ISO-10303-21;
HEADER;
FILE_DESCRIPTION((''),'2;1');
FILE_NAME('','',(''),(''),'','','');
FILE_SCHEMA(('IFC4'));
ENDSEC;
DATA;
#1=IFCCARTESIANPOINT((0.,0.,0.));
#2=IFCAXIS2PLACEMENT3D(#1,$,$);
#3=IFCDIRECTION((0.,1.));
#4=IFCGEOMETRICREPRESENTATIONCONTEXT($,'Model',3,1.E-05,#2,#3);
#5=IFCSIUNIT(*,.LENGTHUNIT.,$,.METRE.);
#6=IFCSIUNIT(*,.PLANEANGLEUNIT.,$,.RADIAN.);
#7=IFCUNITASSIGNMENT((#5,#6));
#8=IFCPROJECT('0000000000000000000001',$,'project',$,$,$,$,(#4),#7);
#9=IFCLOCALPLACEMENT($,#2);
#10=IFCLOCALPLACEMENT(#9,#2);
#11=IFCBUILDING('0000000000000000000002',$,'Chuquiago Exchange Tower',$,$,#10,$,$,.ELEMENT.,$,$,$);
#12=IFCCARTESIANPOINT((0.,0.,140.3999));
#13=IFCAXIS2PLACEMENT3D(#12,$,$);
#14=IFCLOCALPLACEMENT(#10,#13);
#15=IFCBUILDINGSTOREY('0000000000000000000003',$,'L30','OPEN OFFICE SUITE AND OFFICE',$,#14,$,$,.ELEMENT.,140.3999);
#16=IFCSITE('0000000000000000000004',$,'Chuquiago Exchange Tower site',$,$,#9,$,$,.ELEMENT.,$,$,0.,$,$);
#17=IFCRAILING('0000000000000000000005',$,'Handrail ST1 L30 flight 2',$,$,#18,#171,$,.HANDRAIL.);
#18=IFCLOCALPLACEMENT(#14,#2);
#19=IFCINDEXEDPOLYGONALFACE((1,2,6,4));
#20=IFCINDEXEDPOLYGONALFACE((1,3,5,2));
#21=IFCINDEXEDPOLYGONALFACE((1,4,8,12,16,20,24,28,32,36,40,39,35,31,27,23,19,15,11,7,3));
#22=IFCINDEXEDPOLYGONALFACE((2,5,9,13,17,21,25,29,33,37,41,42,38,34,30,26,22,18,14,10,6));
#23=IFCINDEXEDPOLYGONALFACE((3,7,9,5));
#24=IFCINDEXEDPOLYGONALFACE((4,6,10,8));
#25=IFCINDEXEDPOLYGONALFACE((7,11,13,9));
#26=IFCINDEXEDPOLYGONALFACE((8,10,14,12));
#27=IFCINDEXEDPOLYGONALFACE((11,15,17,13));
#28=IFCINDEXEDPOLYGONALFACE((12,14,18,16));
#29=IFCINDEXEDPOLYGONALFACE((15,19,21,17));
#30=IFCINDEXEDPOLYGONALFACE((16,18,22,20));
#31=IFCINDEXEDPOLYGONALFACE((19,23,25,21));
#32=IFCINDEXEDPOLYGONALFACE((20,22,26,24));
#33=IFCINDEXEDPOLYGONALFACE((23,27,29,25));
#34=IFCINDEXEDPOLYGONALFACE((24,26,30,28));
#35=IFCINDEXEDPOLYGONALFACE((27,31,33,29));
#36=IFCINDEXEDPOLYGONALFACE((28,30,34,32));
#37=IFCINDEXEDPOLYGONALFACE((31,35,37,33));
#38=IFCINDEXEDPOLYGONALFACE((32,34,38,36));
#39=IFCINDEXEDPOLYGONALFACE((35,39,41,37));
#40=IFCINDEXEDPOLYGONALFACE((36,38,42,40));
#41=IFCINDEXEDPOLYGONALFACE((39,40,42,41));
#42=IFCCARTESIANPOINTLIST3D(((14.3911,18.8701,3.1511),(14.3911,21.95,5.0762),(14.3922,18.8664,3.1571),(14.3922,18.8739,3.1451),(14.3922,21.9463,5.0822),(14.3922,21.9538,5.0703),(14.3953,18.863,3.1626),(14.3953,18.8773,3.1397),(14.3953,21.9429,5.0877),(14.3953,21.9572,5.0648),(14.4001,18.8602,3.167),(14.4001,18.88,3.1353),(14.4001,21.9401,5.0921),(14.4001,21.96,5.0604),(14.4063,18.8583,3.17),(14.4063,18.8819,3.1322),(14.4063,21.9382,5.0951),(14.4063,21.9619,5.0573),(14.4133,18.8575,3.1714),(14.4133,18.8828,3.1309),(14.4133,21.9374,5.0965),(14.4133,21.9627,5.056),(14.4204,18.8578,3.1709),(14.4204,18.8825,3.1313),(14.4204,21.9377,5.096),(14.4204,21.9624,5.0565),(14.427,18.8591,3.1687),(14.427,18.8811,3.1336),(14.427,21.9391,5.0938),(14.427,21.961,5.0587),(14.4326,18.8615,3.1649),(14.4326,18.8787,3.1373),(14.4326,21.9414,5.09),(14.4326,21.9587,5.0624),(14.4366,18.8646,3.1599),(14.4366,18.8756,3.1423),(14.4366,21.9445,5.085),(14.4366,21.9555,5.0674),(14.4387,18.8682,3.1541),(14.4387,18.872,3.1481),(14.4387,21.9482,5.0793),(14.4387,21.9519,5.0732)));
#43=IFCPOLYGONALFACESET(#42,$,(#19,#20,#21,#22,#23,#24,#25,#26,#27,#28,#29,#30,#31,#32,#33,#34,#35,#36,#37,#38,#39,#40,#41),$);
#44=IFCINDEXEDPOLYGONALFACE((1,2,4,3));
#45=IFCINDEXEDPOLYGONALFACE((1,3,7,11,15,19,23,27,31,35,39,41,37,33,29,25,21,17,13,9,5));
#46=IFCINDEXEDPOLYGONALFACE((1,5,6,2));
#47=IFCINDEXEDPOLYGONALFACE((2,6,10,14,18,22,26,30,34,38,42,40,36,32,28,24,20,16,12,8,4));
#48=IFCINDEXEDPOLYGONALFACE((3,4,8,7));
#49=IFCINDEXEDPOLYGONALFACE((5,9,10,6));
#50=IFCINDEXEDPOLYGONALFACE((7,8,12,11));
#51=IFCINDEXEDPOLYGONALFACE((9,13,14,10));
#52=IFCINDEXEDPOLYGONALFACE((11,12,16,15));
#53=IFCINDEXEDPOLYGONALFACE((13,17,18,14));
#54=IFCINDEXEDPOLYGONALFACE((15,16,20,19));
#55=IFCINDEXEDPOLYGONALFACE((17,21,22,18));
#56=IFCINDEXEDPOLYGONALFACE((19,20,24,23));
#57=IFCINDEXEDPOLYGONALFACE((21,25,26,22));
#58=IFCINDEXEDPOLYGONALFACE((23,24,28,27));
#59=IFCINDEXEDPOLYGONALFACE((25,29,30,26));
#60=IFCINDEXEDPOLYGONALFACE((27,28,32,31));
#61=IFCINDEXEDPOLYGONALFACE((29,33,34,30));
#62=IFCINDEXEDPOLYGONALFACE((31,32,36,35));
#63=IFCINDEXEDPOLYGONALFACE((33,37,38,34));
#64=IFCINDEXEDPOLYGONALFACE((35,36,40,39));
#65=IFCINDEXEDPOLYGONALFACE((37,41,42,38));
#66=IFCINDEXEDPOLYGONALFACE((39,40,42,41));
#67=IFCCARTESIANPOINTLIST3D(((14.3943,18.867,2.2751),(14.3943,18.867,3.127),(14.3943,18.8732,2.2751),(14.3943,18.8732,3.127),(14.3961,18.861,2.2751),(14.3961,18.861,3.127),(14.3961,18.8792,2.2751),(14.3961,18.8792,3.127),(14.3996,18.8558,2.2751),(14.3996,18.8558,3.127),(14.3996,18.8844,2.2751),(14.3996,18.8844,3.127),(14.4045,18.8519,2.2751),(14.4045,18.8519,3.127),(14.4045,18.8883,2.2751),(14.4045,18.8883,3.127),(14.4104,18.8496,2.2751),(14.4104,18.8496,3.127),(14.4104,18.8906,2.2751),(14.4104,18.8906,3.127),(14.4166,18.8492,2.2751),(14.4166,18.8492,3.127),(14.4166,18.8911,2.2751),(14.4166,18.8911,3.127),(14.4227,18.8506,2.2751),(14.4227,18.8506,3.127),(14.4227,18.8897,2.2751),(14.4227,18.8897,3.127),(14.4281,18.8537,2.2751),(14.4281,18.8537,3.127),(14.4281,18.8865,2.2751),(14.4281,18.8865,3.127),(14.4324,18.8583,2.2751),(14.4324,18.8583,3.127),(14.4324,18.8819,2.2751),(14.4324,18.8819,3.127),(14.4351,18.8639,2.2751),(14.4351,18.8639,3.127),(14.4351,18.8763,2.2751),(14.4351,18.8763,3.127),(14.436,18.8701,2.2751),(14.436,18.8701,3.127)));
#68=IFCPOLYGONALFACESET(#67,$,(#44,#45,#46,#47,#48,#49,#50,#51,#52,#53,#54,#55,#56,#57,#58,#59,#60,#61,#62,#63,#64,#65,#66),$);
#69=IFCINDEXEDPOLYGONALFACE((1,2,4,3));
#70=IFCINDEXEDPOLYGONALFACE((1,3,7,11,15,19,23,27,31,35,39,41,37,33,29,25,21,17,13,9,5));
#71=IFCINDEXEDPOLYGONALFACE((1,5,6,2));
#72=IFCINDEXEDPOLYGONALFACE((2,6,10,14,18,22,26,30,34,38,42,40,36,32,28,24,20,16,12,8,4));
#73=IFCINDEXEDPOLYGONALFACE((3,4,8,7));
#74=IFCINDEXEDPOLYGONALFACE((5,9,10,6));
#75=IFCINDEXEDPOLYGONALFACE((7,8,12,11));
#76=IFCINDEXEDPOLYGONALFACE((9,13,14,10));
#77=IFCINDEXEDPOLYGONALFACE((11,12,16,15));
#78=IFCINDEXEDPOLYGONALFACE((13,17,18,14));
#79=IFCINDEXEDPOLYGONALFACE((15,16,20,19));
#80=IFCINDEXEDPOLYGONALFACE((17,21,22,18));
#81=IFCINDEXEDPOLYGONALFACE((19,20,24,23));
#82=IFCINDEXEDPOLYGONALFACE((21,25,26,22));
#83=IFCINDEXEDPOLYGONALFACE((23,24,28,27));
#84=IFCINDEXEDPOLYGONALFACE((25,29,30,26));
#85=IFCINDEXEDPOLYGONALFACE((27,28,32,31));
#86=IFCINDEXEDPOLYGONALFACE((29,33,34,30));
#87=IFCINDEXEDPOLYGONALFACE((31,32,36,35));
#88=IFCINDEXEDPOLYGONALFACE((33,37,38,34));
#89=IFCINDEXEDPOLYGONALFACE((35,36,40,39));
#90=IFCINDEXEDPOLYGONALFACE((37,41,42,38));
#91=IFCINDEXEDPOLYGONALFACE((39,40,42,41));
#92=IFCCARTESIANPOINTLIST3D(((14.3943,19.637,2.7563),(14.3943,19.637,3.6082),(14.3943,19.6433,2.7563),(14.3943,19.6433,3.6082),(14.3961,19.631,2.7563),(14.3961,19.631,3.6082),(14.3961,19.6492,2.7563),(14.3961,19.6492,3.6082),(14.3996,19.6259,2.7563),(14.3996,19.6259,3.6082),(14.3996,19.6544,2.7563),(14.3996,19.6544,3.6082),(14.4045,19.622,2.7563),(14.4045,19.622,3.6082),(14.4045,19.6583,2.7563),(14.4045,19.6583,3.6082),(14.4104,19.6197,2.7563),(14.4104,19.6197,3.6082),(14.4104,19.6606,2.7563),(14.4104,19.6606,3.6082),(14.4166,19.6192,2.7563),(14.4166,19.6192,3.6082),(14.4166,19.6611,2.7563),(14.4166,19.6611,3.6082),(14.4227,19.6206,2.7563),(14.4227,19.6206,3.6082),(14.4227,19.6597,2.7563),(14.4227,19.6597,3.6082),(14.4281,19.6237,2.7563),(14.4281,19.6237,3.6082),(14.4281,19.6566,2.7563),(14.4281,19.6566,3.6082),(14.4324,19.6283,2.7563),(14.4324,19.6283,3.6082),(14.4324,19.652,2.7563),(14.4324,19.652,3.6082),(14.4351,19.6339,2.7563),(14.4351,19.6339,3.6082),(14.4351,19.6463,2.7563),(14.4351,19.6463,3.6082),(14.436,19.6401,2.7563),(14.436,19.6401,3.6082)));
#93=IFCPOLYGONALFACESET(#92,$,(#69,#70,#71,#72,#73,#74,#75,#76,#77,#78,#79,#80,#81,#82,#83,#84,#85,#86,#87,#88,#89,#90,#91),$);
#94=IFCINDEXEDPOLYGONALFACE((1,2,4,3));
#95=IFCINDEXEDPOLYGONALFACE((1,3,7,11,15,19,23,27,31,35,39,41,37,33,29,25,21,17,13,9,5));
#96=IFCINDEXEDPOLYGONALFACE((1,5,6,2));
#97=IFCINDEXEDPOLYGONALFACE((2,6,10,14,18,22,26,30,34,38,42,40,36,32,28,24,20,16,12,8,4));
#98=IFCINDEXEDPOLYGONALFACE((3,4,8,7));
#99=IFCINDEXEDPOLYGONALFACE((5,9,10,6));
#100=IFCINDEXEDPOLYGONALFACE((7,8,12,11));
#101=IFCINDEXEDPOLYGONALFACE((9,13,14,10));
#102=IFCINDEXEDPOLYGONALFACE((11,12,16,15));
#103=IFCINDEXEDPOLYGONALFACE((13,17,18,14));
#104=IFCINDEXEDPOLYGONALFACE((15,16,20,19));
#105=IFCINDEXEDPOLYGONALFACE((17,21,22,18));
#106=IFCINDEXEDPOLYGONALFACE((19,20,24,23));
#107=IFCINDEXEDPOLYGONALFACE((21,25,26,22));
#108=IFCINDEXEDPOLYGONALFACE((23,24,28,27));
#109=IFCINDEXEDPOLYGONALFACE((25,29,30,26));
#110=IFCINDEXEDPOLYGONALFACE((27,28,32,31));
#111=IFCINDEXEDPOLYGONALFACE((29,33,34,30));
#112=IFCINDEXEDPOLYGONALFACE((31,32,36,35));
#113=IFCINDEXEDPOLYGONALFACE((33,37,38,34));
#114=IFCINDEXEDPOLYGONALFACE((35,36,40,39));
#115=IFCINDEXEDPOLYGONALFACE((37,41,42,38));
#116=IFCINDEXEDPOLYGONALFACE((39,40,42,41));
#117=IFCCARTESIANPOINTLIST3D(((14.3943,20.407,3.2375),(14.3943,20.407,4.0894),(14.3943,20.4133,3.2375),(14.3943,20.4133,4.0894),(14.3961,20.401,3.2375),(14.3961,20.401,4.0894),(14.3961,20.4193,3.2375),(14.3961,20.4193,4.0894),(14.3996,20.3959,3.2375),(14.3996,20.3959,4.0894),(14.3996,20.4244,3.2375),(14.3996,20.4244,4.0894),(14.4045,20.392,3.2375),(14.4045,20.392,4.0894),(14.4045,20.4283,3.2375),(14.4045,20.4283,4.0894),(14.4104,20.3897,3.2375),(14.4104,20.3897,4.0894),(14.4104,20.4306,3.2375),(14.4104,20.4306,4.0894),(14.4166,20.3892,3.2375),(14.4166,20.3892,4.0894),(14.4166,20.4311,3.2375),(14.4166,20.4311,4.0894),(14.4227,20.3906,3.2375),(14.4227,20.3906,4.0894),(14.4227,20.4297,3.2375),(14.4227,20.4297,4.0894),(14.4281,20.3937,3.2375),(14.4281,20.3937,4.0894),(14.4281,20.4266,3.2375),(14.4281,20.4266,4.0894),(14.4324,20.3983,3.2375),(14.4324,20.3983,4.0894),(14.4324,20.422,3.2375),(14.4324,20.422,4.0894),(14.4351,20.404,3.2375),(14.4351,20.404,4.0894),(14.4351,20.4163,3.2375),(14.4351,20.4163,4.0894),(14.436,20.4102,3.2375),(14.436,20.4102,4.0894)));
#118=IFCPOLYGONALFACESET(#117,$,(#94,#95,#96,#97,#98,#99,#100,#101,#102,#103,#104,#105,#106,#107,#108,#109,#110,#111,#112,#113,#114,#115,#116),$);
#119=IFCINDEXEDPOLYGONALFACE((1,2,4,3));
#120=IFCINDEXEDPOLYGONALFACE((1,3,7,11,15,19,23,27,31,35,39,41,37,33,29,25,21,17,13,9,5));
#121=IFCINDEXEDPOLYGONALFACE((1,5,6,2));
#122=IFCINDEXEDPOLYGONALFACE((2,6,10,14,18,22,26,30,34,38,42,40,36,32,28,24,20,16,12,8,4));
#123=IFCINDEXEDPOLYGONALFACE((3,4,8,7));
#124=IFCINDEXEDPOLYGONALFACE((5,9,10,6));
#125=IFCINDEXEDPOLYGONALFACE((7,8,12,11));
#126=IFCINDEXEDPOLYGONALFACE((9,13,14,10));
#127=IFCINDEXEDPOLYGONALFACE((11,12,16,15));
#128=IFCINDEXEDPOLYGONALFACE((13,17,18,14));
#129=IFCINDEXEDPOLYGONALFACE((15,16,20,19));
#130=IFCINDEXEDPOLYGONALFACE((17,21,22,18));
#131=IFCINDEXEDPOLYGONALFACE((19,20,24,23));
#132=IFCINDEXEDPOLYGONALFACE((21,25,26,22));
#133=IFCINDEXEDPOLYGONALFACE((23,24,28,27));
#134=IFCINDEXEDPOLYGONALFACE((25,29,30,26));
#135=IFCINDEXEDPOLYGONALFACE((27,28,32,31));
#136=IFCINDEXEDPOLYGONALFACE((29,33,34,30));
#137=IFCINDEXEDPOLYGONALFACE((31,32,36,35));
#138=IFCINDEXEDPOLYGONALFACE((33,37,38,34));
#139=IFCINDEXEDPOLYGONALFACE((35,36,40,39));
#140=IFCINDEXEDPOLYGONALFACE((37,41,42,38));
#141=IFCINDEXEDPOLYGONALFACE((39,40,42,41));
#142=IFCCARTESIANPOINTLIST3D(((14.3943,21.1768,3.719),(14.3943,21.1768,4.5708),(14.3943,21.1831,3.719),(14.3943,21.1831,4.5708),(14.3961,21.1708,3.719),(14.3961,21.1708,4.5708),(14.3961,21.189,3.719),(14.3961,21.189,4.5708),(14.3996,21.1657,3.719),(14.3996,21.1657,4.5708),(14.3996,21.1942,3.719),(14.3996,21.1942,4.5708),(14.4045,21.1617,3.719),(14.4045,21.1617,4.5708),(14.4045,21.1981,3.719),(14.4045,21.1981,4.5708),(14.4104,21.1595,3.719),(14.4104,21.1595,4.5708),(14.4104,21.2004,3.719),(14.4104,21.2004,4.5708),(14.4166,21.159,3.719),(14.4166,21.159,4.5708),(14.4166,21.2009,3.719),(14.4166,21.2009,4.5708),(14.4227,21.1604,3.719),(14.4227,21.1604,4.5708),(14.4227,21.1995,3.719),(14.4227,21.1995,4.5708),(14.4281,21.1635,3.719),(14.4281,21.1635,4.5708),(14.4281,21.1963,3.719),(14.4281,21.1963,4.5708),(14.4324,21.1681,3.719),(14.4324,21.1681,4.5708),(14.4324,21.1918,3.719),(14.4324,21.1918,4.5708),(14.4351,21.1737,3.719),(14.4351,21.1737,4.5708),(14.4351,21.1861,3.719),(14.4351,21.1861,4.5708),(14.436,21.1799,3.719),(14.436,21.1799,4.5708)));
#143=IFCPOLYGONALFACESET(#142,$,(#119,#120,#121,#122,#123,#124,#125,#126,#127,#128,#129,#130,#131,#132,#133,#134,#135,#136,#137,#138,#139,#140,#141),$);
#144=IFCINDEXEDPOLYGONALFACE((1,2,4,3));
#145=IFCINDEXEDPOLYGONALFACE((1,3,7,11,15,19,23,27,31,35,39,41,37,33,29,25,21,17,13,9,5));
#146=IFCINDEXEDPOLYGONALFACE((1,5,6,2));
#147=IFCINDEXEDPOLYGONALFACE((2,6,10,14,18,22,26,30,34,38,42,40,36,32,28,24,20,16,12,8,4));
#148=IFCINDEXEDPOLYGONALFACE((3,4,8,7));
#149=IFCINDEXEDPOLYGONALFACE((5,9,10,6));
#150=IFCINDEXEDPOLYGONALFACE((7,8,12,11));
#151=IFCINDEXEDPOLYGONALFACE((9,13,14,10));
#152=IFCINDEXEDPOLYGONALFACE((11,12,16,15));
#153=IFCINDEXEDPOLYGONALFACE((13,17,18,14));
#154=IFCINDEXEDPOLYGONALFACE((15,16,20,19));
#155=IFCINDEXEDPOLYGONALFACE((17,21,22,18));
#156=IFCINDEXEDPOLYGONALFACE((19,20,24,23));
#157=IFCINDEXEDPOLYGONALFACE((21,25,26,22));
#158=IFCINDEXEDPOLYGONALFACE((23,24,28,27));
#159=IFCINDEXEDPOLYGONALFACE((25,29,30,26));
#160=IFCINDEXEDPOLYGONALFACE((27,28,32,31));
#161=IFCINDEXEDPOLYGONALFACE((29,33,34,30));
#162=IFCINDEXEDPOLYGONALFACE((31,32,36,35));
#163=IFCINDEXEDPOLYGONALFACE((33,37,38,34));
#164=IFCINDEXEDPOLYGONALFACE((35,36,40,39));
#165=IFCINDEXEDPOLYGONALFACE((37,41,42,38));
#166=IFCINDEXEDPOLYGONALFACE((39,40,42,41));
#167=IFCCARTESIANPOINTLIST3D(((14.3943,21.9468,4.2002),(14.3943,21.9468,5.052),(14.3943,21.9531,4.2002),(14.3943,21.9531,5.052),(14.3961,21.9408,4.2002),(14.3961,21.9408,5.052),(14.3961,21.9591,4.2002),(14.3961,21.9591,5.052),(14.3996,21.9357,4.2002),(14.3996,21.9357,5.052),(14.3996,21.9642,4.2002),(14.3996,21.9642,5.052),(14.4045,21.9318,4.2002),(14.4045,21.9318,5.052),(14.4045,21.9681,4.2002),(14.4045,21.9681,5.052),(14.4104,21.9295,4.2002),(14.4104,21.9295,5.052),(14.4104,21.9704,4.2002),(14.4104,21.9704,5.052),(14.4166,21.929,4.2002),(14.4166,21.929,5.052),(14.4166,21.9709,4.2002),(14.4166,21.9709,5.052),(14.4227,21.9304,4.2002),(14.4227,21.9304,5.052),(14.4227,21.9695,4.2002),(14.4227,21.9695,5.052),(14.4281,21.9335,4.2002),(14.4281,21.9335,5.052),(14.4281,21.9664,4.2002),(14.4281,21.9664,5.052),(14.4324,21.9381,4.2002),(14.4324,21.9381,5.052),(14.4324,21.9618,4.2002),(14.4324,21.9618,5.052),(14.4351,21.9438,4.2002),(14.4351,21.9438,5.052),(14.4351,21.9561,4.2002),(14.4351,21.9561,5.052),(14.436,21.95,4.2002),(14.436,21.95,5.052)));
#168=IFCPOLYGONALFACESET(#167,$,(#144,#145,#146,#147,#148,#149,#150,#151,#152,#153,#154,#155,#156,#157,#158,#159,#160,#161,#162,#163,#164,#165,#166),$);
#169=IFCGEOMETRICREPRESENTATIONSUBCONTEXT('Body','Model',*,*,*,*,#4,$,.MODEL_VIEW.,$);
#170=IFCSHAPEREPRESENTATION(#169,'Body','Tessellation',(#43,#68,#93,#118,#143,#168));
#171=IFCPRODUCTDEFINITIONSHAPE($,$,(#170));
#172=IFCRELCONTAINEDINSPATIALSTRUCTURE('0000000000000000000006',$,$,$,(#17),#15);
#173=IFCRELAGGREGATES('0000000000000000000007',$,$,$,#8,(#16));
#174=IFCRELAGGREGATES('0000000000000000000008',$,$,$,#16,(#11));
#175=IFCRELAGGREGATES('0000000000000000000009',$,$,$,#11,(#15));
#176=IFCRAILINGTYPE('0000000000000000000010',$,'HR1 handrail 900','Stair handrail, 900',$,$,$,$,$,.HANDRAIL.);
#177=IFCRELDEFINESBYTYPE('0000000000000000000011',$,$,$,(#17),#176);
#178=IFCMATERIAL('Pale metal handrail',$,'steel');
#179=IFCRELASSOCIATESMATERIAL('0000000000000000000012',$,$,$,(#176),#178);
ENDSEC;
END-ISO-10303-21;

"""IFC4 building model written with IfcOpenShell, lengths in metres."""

from ifc_helpers import new_model, si_unit, direction, frame, origin, origin_2d, place, context, subcontext, project, spatial, circle, extrude, material, type_object, element, save


model = new_model("IFC4")

# Units and contexts
model_context = context("Model", 3, precision=1e-05, world=origin(), true_north=direction((0.0, 1.0)))
body_context = subcontext(model_context, "Body", "Model", "MODEL_VIEW")
ifc_project = project(units=[si_unit("LENGTHUNIT", "METRE"), si_unit("PLANEANGLEUNIT", "RADIAN")], contexts=[model_context])

# Site, building, storey
site_placement = place(None, origin())
site = spatial("IfcSite", under=ifc_project, at=site_placement, Name="Chuquiago Exchange Tower site", CompositionType="ELEMENT", RefElevation=0.0)
building_placement = place(site_placement, origin())
building = spatial("IfcBuilding", under=site, at=building_placement, Name="Chuquiago Exchange Tower", CompositionType="ELEMENT")
storey_placement = place(building_placement, frame((0.0, 0.0, 140.3999)))
storey = spatial("IfcBuildingStorey", under=building, at=storey_placement, Name="L30", Description="OPEN OFFICE SUITE AND OFFICE", CompositionType="ELEMENT", Elevation=140.3999)

# Railing
ifc_material_1 = material(Name="Pale metal handrail", Category="steel")
railing_type_1 = type_object("IfcRailingType", Name="HR1 handrail 900", Description="Stair handrail, 900", PredefinedType="HANDRAIL", material=ifc_material_1)
for number, where, name in (
    (1, (14.415, 18.8701, 2.2751), "Handrail ST1 L30 flight 2"),
):
    element("IfcRailing", number, at=place(storey_placement, frame(where)), inside=storey, type_object=railing_type_1, Name=name, PredefinedType="HANDRAIL", context=body_context, shape_type="SweptSolid", body=[
        extrude(circle(Radius=0.0239, at=origin_2d()), frame((0.0, 0.0, 0.876), z_axis=(0.0, 0.847979, 0.530029), x_axis=(-1.0, 0.0, 0.0)), (0.0, 0.0, 1.0), 3.6321),
        extrude(circle(Radius=0.021, at=origin_2d()), origin(), (0.0, 0.0, 1.0), 0.8518),
        extrude(circle(Radius=0.021, at=origin_2d()), frame((0.0, 0.77, 0.4812)), (0.0, 0.0, 1.0), 0.8518),
        extrude(circle(Radius=0.021, at=origin_2d()), frame((0.0, 1.54, 0.9624)), (0.0, 0.0, 1.0), 0.8518),
        extrude(circle(Radius=0.021, at=origin_2d()), frame((0.0, 2.3098, 1.4438)), (0.0, 0.0, 1.0), 0.8518),
        extrude(circle(Radius=0.021, at=origin_2d()), frame((0.0, 3.0798, 1.925)), (0.0, 0.0, 1.0), 0.8518),
    ])

save(model, "model.ifc")
